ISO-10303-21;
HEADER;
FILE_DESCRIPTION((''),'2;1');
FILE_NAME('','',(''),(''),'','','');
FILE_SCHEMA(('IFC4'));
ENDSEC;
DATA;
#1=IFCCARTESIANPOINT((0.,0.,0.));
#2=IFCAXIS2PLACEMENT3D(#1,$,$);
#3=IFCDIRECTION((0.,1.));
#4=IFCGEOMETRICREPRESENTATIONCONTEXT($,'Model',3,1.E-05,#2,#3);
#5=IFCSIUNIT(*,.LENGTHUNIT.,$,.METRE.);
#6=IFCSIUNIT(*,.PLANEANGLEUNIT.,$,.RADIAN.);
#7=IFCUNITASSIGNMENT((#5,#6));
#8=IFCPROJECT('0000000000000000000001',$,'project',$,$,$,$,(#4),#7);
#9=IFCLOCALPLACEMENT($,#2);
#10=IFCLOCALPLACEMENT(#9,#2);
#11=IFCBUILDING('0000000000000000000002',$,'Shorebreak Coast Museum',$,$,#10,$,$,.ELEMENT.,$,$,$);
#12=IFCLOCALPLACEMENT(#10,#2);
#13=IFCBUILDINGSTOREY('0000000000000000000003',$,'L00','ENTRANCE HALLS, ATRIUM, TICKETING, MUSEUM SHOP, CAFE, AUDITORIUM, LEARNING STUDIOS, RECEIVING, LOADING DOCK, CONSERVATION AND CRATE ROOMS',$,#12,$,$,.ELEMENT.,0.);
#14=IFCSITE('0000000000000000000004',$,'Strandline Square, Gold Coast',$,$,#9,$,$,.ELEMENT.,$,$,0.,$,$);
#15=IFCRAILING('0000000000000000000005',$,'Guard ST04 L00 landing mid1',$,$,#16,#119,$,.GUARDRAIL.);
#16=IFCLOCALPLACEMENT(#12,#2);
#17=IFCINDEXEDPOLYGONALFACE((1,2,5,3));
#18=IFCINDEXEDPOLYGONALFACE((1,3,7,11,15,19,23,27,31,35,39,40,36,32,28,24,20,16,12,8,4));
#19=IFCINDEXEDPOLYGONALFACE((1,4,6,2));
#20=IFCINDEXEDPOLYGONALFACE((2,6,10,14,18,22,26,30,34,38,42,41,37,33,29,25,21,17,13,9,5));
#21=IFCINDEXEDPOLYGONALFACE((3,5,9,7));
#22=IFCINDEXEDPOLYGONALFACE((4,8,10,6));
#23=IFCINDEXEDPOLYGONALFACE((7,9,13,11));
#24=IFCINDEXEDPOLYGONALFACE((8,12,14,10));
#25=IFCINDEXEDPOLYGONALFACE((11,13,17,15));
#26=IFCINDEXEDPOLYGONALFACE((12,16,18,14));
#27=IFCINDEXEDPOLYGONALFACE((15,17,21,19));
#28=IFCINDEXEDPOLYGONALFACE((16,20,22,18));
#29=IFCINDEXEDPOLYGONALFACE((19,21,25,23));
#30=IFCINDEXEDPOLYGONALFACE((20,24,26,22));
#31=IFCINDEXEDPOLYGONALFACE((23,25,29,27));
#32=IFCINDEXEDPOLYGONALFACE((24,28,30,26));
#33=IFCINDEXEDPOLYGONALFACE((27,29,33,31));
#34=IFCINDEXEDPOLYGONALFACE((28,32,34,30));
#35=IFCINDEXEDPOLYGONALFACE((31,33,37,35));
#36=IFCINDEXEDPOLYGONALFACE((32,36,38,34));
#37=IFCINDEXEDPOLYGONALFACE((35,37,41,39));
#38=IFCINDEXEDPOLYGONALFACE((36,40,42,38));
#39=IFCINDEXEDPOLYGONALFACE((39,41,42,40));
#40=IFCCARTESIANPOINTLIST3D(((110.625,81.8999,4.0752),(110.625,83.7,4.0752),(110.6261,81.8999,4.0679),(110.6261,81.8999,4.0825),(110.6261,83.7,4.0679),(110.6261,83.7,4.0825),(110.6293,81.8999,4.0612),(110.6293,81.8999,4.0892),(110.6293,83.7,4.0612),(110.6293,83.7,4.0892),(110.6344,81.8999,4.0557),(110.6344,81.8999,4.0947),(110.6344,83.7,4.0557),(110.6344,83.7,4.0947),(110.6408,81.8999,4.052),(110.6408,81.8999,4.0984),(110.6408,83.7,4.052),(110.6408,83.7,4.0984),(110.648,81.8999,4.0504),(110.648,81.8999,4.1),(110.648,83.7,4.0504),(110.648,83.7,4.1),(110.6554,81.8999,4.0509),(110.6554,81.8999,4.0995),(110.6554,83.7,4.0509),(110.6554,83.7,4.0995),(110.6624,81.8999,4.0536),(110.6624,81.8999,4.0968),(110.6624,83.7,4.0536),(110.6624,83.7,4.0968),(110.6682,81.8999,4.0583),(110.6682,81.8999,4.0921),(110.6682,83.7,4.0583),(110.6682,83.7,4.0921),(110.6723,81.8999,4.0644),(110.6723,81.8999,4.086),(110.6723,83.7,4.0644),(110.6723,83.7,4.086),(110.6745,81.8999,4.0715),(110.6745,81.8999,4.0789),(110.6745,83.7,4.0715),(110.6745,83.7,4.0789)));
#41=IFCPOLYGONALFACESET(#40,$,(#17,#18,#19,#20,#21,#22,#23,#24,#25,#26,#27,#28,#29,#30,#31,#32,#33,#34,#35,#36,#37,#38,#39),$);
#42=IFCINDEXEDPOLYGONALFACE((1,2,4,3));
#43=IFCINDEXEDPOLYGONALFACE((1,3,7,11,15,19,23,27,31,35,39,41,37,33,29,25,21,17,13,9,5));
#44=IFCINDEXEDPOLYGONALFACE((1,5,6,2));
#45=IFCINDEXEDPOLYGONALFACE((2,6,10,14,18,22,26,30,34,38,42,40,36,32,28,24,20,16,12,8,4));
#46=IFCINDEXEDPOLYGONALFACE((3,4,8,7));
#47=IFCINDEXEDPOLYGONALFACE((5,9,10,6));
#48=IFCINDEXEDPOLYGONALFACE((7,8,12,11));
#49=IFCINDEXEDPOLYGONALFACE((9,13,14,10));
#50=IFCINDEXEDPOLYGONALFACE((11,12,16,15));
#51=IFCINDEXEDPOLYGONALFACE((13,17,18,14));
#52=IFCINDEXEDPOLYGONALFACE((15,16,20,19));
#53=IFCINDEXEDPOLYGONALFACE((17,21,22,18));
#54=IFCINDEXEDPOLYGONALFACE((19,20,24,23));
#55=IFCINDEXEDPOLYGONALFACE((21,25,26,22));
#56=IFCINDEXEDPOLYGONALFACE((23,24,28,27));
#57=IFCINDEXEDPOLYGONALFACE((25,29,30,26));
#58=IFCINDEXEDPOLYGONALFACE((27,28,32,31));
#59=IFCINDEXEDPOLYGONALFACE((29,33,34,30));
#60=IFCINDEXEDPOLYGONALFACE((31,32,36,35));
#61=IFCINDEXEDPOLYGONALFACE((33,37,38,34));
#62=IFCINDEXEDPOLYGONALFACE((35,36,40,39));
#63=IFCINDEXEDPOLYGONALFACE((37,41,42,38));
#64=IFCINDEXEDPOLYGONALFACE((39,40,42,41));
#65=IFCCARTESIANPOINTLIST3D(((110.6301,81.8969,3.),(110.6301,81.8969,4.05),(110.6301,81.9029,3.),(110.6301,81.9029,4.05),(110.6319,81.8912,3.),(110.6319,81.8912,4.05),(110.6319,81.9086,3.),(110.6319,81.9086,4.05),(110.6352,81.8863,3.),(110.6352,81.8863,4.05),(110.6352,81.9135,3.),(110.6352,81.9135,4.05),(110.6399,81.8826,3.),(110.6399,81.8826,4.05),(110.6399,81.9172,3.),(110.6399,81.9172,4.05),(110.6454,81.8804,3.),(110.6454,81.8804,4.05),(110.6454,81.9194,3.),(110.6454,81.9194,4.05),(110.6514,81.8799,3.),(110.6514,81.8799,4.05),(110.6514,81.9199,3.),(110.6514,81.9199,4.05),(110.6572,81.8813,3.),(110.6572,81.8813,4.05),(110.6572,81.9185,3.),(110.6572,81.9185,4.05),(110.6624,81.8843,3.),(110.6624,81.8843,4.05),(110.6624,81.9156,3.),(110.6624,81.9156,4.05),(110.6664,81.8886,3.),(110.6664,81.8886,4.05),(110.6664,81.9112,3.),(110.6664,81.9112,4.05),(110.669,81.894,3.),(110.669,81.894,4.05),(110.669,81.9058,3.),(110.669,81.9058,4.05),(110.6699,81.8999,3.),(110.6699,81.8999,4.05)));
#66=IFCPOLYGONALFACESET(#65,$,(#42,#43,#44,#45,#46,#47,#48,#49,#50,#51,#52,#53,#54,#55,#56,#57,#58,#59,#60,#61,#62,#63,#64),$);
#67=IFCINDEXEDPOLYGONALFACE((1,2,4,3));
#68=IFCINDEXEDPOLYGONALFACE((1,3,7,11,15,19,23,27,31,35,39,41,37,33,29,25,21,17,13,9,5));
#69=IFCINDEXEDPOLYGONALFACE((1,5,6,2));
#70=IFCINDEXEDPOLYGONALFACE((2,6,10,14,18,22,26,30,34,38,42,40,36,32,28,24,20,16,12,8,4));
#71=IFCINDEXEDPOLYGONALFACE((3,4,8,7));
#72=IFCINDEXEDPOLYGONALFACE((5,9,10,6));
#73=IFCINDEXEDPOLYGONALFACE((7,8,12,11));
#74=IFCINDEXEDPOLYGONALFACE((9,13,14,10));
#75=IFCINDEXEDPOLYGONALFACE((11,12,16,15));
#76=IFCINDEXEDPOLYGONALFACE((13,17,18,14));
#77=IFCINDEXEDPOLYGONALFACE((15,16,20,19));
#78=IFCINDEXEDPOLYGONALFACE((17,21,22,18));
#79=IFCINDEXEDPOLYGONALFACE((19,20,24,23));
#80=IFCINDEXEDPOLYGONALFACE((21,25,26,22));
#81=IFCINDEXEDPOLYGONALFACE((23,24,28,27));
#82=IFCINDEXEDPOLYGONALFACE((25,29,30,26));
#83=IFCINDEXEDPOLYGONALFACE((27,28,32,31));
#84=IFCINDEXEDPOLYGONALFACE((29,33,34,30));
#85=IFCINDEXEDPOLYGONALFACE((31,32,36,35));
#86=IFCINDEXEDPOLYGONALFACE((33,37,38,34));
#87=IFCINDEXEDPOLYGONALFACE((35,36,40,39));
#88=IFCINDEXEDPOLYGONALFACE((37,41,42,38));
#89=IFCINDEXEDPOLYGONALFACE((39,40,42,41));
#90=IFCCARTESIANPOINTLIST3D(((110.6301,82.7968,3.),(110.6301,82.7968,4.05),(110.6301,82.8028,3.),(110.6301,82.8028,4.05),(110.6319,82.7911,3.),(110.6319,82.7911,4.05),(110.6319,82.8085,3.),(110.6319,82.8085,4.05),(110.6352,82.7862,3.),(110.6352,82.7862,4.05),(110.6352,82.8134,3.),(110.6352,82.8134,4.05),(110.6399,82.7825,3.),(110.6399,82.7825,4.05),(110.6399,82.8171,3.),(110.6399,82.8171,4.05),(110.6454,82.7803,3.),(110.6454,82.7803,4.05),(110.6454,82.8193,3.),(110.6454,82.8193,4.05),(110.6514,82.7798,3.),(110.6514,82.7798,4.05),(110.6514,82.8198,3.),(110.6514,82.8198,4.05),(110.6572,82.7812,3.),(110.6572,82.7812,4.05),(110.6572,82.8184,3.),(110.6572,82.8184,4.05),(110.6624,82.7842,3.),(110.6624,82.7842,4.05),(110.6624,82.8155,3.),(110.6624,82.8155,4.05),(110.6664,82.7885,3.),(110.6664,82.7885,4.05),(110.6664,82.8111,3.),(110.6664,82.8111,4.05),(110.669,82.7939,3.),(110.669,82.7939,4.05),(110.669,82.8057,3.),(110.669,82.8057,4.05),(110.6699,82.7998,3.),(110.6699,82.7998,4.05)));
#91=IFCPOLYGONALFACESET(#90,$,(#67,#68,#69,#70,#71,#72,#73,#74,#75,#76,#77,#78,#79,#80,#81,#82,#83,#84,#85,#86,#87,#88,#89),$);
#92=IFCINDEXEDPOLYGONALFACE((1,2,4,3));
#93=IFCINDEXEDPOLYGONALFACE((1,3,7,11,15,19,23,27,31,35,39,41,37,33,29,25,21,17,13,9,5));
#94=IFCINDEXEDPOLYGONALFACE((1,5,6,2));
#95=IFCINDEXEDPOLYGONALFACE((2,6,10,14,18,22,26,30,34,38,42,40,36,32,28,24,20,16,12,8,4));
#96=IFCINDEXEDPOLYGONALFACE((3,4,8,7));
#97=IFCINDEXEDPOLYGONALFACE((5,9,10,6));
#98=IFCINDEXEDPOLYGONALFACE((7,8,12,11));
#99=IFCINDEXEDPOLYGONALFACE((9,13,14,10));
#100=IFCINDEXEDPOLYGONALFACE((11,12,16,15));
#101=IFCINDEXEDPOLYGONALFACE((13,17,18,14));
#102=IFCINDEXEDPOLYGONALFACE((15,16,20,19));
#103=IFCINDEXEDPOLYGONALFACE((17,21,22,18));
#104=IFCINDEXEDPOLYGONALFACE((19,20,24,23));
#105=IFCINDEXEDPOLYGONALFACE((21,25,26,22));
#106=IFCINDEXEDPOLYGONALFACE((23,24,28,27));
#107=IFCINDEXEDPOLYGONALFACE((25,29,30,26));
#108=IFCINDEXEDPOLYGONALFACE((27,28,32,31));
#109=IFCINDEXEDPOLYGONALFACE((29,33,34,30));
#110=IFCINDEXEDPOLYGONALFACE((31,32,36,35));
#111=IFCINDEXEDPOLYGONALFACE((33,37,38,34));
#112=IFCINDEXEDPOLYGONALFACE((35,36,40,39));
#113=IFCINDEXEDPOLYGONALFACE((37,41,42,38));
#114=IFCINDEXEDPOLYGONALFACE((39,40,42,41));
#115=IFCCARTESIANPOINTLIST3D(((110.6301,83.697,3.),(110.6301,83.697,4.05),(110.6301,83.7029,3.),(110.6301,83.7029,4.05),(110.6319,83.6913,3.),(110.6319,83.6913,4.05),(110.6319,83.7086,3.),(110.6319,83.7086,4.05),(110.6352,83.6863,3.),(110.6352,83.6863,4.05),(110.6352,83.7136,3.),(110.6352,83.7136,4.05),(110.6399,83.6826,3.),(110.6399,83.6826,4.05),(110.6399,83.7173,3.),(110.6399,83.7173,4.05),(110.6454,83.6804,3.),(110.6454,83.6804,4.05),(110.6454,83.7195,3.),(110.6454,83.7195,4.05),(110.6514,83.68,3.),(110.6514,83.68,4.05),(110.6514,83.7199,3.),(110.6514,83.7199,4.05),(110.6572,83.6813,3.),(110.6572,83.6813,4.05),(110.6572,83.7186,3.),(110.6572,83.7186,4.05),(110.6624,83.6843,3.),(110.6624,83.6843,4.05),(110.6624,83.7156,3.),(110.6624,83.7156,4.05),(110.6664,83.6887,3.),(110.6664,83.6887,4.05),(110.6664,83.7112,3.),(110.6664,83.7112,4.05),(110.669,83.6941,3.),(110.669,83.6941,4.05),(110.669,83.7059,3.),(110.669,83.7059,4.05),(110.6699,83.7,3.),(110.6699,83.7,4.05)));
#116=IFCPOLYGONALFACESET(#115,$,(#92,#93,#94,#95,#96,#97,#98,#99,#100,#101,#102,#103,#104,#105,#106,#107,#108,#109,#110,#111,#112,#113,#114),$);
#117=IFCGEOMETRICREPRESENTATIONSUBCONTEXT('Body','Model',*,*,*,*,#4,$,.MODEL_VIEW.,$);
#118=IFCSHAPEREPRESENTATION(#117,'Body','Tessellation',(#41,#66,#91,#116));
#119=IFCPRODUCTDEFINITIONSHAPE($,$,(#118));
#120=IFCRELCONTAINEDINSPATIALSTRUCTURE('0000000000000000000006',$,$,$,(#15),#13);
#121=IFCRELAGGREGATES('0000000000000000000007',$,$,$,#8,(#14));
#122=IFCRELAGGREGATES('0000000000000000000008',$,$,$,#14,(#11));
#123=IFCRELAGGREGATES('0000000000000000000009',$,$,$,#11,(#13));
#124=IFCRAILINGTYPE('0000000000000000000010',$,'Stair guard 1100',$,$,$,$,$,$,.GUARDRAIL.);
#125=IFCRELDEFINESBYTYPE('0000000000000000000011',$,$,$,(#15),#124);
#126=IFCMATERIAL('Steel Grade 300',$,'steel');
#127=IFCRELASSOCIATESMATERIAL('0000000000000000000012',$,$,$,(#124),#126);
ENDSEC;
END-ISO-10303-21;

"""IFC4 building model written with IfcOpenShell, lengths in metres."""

from ifc_helpers import new_model, si_unit, direction, frame, origin, origin_2d, place, context, subcontext, project, spatial, circle, extrude, material, type_object, element, save


model = new_model("IFC4")

# Units and contexts
model_context = context("Model", 3, precision=1e-05, world=origin(), true_north=direction((0.0, 1.0)))
body_context = subcontext(model_context, "Body", "Model", "MODEL_VIEW")
ifc_project = project(units=[si_unit("LENGTHUNIT", "METRE"), si_unit("PLANEANGLEUNIT", "RADIAN")], contexts=[model_context])

# Site, building, storey
site_placement = place(None, origin())
site = spatial("IfcSite", under=ifc_project, at=site_placement, Name="Strandline Square, Gold Coast", CompositionType="ELEMENT", RefElevation=0.0)
building_placement = place(site_placement, origin())
building = spatial("IfcBuilding", under=site, at=building_placement, Name="Shorebreak Coast Museum", CompositionType="ELEMENT")
storey_placement = place(building_placement, origin())
storey = spatial("IfcBuildingStorey", under=building, at=storey_placement, Name="L00", Description="ENTRANCE HALLS, ATRIUM, TICKETING, MUSEUM SHOP, CAFE, AUDITORIUM, LEARNING STUDIOS, RECEIVING, LOADING DOCK, CONSERVATION AND CRATE ROOMS", CompositionType="ELEMENT", Elevation=0.0)

# Railing
ifc_material_1 = material(Name="Steel Grade 300", Category="steel")
railing_type_1 = type_object("IfcRailingType", Name="Stair guard 1100", PredefinedType="GUARDRAIL", material=ifc_material_1)
railing_1_placement = place(storey_placement, frame((110.6499, 81.8999, 3.0)))
element("IfcRailing", 1, at=railing_1_placement, inside=storey, type_object=railing_type_1, Name="Guard ST04 L00 landing mid1", PredefinedType="GUARDRAIL", context=body_context, shape_type="SweptSolid", body=[
    extrude(circle(Radius=0.0249, at=origin_2d()), frame((0.0, 0.0, 1.0752), z_axis=(0.0, 1.0, 0.0), x_axis=(-1.0, 0.0, 0.0)), (0.0, 0.0, 1.0), 1.8),
    extrude(circle(Radius=0.02, at=origin_2d()), origin(), (0.0, 0.0, 1.0), 1.05),
    extrude(circle(Radius=0.02, at=origin_2d()), frame((0.0, 0.8999, 0.0)), (0.0, 0.0, 1.0), 1.05),
    extrude(circle(Radius=0.02, at=origin_2d()), frame((0.0, 1.8, 0.0)), (0.0, 0.0, 1.0), 1.05),
])

save(model, "model.ifc")
